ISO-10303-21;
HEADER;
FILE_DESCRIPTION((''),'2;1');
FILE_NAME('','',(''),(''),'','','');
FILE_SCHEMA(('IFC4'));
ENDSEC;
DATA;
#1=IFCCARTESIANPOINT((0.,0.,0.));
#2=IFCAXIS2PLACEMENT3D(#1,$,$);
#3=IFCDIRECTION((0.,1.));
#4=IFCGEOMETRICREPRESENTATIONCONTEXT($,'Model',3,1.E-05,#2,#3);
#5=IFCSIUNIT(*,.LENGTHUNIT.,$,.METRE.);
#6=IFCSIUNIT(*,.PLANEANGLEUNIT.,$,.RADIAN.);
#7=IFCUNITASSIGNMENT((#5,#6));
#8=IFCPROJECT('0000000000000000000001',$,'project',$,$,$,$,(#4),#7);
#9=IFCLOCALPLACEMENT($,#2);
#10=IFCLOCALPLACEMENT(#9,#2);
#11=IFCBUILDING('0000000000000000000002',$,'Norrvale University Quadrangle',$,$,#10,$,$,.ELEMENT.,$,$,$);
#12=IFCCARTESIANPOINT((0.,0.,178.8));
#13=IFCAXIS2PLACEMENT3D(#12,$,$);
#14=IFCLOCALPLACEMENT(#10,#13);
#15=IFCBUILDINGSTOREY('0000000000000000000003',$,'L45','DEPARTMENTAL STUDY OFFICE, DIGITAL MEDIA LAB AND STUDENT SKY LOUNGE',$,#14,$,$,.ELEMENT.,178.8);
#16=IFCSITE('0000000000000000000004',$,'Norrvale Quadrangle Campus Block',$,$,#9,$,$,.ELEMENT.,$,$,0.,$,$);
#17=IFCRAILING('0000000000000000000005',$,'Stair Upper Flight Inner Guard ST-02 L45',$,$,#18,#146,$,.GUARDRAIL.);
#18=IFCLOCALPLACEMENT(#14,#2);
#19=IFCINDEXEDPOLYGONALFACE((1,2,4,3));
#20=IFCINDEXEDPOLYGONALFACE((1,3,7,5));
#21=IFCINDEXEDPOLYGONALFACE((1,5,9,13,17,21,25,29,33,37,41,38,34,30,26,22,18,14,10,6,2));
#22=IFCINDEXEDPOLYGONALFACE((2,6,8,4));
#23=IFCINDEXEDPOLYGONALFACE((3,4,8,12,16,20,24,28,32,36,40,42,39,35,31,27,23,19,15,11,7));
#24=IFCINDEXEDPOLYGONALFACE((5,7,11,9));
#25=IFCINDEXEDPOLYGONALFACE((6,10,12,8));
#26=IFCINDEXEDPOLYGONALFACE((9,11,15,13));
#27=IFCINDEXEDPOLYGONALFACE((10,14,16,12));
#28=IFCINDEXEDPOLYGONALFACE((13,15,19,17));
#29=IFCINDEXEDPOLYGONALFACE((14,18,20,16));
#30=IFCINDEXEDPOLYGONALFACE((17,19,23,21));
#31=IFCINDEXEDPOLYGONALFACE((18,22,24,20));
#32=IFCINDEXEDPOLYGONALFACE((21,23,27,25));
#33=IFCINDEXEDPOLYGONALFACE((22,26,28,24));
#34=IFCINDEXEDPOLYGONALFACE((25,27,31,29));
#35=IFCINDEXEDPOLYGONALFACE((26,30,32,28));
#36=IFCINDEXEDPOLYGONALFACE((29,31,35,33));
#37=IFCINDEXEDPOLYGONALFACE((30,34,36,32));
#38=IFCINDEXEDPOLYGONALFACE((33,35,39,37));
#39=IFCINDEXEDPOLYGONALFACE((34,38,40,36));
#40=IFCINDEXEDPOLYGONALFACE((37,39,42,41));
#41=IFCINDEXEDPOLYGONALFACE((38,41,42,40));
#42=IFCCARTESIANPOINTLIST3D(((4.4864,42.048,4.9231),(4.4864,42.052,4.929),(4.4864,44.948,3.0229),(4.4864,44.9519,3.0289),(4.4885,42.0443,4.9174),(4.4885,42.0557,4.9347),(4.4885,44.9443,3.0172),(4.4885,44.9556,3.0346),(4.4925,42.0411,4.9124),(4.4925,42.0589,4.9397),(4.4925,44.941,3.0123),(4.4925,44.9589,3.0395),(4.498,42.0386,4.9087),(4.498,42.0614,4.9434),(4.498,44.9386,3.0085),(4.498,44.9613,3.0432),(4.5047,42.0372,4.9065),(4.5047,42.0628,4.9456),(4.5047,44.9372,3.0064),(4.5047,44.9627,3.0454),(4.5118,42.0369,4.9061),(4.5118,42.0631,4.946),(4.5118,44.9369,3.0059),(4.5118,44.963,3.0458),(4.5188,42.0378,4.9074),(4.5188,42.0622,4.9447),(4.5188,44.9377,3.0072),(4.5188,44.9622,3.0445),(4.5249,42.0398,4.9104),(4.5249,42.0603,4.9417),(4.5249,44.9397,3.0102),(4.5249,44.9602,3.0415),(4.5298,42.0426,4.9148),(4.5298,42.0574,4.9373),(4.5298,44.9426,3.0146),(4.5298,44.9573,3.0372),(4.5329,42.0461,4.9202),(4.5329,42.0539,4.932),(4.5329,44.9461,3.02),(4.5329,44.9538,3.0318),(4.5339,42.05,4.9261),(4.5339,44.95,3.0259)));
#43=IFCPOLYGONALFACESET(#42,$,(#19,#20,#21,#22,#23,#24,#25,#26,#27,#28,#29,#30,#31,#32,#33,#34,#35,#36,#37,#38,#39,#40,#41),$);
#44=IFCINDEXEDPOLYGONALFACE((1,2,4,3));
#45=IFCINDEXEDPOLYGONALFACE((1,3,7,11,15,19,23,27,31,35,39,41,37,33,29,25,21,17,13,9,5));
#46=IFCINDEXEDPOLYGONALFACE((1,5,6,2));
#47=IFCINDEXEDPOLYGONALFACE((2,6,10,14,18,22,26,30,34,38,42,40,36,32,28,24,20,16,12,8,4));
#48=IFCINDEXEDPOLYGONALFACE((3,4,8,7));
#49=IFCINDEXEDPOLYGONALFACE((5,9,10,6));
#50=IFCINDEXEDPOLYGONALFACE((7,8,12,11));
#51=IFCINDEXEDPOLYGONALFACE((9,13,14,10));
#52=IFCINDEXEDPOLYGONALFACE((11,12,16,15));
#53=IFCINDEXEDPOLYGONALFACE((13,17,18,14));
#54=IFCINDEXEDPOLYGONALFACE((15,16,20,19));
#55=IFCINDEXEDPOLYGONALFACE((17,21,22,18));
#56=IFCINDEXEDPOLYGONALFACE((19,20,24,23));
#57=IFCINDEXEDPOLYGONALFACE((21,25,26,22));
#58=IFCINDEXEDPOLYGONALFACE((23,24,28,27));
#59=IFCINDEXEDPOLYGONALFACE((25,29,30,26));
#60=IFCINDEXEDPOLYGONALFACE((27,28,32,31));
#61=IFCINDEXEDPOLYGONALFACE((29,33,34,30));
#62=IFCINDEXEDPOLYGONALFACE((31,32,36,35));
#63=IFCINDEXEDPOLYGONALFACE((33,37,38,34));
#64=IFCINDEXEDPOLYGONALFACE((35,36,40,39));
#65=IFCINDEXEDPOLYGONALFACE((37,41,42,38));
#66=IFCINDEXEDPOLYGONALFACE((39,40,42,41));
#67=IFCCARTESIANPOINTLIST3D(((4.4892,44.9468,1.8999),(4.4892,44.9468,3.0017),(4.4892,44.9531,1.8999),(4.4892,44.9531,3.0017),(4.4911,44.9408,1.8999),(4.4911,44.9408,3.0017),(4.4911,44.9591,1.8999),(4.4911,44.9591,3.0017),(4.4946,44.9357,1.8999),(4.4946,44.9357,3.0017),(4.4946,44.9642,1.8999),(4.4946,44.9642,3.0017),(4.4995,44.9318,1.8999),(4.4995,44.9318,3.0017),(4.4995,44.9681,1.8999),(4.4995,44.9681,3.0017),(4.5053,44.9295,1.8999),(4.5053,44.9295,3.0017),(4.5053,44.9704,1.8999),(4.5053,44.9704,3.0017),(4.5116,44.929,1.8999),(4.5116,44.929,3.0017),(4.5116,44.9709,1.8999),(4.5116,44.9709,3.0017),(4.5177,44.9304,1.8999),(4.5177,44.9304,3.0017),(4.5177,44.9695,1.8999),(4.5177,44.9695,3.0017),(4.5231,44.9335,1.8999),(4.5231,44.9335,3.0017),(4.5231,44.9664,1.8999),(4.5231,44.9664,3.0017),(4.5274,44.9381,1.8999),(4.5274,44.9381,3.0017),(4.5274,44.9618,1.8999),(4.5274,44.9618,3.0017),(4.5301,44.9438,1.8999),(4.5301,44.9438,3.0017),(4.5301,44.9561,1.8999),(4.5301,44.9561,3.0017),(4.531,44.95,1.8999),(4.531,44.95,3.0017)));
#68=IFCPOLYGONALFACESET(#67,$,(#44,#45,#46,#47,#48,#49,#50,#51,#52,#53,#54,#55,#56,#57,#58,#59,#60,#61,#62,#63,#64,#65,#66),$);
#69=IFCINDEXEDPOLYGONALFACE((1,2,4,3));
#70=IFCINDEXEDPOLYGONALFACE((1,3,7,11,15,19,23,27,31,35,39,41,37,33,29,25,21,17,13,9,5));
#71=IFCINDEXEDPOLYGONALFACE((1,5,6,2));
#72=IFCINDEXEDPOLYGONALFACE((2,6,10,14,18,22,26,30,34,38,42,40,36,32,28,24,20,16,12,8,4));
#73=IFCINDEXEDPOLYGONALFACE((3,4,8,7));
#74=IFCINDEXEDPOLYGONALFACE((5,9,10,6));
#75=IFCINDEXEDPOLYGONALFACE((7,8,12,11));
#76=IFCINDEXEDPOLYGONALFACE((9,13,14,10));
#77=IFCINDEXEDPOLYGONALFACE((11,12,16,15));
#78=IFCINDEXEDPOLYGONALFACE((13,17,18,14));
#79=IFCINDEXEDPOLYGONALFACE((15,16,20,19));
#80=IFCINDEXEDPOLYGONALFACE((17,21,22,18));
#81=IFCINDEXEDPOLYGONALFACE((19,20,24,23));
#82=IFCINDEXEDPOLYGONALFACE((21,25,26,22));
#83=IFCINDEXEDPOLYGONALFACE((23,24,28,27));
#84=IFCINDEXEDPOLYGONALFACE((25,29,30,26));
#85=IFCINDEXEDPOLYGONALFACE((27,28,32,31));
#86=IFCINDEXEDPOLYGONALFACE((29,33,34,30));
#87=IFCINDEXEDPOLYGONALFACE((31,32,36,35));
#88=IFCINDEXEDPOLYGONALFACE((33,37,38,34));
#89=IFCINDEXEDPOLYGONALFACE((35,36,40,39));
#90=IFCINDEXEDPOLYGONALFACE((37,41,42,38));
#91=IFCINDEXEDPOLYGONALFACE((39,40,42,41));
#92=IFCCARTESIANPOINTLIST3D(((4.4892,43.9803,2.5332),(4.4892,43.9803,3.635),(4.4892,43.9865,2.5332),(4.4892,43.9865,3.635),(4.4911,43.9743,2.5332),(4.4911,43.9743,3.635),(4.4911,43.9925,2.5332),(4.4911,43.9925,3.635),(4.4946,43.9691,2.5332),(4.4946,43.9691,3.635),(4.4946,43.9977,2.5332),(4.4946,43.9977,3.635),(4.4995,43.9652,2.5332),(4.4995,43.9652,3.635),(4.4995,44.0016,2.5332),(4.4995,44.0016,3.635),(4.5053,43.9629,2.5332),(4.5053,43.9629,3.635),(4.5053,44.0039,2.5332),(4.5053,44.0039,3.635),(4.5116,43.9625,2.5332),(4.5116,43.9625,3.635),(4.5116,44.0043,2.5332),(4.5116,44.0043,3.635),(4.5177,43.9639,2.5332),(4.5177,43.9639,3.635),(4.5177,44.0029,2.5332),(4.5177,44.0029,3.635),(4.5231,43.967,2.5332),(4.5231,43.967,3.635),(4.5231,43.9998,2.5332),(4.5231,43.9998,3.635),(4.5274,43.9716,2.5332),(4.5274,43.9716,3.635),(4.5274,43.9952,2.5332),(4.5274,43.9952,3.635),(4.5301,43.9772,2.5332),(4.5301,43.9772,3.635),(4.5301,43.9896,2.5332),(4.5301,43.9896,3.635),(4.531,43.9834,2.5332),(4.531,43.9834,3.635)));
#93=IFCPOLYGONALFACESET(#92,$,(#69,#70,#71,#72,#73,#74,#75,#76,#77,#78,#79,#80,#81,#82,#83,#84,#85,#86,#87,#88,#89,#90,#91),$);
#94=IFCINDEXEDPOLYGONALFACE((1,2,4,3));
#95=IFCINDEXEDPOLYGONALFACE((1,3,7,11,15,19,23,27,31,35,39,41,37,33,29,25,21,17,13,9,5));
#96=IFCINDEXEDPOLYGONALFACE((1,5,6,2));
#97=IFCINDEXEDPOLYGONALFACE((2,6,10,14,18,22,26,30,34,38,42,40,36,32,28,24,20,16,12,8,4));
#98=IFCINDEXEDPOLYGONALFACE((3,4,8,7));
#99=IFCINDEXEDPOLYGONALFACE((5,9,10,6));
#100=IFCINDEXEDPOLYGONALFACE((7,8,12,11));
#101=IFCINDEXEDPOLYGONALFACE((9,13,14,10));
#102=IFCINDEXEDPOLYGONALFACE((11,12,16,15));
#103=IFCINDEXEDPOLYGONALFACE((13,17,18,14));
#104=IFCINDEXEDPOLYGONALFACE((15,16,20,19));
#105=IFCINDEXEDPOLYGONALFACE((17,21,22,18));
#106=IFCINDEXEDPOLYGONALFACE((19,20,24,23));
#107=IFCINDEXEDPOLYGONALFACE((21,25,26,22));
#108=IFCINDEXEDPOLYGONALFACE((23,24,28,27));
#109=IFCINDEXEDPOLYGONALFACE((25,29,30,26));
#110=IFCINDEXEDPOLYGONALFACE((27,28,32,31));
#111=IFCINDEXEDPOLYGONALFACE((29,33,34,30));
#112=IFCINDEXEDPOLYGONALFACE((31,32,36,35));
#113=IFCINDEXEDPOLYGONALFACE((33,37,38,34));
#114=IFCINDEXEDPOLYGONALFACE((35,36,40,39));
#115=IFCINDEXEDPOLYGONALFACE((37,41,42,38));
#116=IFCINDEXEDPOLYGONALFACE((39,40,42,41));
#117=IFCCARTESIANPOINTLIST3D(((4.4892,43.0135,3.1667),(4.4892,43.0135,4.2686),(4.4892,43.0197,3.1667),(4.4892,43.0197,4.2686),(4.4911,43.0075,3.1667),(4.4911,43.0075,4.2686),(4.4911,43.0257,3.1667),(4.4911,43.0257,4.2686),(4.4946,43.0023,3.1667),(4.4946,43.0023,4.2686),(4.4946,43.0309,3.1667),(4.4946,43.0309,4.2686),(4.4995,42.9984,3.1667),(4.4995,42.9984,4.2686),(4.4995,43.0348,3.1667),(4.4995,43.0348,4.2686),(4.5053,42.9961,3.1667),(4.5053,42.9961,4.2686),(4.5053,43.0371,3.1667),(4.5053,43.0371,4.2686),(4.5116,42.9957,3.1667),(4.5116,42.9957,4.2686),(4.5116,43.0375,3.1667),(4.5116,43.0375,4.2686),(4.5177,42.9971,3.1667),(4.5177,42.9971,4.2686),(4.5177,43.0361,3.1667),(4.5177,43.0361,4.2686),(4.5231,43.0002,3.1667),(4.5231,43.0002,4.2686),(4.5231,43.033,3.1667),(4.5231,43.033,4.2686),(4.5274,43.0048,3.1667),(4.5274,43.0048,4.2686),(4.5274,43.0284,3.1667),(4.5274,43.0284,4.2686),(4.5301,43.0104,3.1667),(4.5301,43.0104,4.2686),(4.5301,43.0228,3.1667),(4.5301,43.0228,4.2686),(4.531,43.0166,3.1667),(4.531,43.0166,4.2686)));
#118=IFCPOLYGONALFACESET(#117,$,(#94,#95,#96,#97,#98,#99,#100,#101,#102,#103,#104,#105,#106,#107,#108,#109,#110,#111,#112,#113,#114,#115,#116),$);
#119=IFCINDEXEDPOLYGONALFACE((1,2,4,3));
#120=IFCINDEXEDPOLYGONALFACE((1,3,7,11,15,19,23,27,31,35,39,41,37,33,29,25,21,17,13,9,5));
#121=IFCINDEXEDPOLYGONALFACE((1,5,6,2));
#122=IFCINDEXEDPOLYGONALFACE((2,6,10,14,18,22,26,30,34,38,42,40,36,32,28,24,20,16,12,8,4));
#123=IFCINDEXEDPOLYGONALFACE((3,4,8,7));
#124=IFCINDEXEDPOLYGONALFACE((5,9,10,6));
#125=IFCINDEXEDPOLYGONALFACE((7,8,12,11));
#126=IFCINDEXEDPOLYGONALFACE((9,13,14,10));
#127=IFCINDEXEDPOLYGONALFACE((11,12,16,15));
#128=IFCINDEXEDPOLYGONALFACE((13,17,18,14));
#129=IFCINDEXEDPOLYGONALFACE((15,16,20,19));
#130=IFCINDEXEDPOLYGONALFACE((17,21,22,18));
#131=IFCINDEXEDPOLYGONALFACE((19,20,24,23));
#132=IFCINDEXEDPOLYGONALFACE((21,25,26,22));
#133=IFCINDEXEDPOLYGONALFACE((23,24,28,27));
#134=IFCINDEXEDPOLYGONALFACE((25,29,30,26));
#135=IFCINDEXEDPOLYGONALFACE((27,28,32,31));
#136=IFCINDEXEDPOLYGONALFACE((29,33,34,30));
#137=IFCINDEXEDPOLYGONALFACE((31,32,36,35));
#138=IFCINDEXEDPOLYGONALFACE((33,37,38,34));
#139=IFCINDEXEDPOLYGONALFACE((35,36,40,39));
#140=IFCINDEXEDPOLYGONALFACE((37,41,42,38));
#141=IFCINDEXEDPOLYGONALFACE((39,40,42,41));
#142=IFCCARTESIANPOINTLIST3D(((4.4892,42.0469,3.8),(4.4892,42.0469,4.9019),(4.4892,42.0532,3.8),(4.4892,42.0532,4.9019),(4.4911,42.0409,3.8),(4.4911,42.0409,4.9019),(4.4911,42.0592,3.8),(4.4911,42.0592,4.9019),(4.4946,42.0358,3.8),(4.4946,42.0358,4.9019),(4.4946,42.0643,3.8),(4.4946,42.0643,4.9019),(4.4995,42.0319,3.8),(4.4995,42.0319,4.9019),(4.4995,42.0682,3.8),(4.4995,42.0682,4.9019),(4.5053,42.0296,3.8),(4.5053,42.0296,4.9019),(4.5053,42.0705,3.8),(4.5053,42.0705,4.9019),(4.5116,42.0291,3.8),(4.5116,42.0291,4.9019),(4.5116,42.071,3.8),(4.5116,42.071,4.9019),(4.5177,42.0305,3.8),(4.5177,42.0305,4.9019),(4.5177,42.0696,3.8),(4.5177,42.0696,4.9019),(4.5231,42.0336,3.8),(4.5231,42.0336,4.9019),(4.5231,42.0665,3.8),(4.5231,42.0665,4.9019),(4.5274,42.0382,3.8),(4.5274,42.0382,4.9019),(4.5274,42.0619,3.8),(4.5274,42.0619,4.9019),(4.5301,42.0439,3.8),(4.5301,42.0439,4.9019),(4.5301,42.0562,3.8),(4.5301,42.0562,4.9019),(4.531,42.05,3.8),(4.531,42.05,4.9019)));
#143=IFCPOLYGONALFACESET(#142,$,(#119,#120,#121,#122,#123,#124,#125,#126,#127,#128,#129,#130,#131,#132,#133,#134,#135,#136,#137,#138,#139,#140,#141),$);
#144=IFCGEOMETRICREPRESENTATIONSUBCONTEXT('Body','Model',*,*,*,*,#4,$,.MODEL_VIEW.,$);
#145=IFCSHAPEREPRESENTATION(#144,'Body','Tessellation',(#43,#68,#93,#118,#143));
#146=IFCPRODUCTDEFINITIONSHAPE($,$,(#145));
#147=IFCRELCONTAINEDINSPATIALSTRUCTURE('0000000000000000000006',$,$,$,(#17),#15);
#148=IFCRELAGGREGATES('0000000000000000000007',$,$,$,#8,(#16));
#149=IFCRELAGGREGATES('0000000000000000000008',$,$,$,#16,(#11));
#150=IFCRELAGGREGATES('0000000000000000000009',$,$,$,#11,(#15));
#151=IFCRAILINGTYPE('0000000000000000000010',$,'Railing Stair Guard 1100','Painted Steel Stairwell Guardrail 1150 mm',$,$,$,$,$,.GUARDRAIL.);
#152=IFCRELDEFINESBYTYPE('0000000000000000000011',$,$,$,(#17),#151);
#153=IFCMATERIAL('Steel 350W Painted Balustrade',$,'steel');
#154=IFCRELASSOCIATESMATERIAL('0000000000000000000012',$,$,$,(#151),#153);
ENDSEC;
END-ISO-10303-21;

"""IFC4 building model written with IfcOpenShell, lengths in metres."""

from ifc_helpers import new_model, si_unit, direction, frame, origin, origin_2d, place, context, subcontext, project, spatial, circle, extrude, material, type_object, element, save


model = new_model("IFC4")

# Units and contexts
model_context = context("Model", 3, precision=1e-05, world=origin(), true_north=direction((0.0, 1.0)))
body_context = subcontext(model_context, "Body", "Model", "MODEL_VIEW")
ifc_project = project(units=[si_unit("LENGTHUNIT", "METRE"), si_unit("PLANEANGLEUNIT", "RADIAN")], contexts=[model_context])

# Site, building, storey
site_placement = place(None, origin())
site = spatial("IfcSite", under=ifc_project, at=site_placement, Name="Norrvale Quadrangle Campus Block", CompositionType="ELEMENT", RefElevation=0.0)
building_placement = place(site_placement, origin())
building = spatial("IfcBuilding", under=site, at=building_placement, Name="Norrvale University Quadrangle", CompositionType="ELEMENT")
storey_placement = place(building_placement, frame((0.0, 0.0, 178.8)))
storey = spatial("IfcBuildingStorey", under=building, at=storey_placement, Name="L45", Description="DEPARTMENTAL STUDY OFFICE, DIGITAL MEDIA LAB AND STUDENT SKY LOUNGE", CompositionType="ELEMENT", Elevation=178.8)

# Railing
ifc_material_1 = material(Name="Steel 350W Painted Balustrade", Category="steel")
railing_type_1 = type_object("IfcRailingType", Name="Railing Stair Guard 1100", Description="Painted Steel Stairwell Guardrail 1150 mm", PredefinedType="GUARDRAIL", material=ifc_material_1)
railing_1_placement = place(storey_placement, frame((4.51, 44.95, 1.8999)))
element("IfcRailing", 1, at=railing_1_placement, inside=storey, type_object=railing_type_1, Name="Stair Upper Flight Inner Guard ST-02 L45", PredefinedType="GUARDRAIL", context=body_context, shape_type="SweptSolid", body=[
    extrude(circle(Radius=0.0239, at=origin_2d()), frame((0.0, 0.0, 1.126), z_axis=(0.0, -0.836433, 0.548069), x_axis=(1.0, 0.0, 0.0)), (0.0, 0.0, 1.0), 3.467),
    extrude(circle(Radius=0.021, at=origin_2d()), origin(), (0.0, 0.0, 1.0), 1.1018),
    extrude(circle(Radius=0.021, at=origin_2d()), frame((0.0, -0.9666, 0.6333)), (0.0, 0.0, 1.0), 1.1018),
    extrude(circle(Radius=0.021, at=origin_2d()), frame((0.0, -1.9333, 1.2668)), (0.0, 0.0, 1.0), 1.1018),
    extrude(circle(Radius=0.021, at=origin_2d()), frame((0.0, -2.8999, 1.9001)), (0.0, 0.0, 1.0), 1.1018),
])

save(model, "model.ifc")
